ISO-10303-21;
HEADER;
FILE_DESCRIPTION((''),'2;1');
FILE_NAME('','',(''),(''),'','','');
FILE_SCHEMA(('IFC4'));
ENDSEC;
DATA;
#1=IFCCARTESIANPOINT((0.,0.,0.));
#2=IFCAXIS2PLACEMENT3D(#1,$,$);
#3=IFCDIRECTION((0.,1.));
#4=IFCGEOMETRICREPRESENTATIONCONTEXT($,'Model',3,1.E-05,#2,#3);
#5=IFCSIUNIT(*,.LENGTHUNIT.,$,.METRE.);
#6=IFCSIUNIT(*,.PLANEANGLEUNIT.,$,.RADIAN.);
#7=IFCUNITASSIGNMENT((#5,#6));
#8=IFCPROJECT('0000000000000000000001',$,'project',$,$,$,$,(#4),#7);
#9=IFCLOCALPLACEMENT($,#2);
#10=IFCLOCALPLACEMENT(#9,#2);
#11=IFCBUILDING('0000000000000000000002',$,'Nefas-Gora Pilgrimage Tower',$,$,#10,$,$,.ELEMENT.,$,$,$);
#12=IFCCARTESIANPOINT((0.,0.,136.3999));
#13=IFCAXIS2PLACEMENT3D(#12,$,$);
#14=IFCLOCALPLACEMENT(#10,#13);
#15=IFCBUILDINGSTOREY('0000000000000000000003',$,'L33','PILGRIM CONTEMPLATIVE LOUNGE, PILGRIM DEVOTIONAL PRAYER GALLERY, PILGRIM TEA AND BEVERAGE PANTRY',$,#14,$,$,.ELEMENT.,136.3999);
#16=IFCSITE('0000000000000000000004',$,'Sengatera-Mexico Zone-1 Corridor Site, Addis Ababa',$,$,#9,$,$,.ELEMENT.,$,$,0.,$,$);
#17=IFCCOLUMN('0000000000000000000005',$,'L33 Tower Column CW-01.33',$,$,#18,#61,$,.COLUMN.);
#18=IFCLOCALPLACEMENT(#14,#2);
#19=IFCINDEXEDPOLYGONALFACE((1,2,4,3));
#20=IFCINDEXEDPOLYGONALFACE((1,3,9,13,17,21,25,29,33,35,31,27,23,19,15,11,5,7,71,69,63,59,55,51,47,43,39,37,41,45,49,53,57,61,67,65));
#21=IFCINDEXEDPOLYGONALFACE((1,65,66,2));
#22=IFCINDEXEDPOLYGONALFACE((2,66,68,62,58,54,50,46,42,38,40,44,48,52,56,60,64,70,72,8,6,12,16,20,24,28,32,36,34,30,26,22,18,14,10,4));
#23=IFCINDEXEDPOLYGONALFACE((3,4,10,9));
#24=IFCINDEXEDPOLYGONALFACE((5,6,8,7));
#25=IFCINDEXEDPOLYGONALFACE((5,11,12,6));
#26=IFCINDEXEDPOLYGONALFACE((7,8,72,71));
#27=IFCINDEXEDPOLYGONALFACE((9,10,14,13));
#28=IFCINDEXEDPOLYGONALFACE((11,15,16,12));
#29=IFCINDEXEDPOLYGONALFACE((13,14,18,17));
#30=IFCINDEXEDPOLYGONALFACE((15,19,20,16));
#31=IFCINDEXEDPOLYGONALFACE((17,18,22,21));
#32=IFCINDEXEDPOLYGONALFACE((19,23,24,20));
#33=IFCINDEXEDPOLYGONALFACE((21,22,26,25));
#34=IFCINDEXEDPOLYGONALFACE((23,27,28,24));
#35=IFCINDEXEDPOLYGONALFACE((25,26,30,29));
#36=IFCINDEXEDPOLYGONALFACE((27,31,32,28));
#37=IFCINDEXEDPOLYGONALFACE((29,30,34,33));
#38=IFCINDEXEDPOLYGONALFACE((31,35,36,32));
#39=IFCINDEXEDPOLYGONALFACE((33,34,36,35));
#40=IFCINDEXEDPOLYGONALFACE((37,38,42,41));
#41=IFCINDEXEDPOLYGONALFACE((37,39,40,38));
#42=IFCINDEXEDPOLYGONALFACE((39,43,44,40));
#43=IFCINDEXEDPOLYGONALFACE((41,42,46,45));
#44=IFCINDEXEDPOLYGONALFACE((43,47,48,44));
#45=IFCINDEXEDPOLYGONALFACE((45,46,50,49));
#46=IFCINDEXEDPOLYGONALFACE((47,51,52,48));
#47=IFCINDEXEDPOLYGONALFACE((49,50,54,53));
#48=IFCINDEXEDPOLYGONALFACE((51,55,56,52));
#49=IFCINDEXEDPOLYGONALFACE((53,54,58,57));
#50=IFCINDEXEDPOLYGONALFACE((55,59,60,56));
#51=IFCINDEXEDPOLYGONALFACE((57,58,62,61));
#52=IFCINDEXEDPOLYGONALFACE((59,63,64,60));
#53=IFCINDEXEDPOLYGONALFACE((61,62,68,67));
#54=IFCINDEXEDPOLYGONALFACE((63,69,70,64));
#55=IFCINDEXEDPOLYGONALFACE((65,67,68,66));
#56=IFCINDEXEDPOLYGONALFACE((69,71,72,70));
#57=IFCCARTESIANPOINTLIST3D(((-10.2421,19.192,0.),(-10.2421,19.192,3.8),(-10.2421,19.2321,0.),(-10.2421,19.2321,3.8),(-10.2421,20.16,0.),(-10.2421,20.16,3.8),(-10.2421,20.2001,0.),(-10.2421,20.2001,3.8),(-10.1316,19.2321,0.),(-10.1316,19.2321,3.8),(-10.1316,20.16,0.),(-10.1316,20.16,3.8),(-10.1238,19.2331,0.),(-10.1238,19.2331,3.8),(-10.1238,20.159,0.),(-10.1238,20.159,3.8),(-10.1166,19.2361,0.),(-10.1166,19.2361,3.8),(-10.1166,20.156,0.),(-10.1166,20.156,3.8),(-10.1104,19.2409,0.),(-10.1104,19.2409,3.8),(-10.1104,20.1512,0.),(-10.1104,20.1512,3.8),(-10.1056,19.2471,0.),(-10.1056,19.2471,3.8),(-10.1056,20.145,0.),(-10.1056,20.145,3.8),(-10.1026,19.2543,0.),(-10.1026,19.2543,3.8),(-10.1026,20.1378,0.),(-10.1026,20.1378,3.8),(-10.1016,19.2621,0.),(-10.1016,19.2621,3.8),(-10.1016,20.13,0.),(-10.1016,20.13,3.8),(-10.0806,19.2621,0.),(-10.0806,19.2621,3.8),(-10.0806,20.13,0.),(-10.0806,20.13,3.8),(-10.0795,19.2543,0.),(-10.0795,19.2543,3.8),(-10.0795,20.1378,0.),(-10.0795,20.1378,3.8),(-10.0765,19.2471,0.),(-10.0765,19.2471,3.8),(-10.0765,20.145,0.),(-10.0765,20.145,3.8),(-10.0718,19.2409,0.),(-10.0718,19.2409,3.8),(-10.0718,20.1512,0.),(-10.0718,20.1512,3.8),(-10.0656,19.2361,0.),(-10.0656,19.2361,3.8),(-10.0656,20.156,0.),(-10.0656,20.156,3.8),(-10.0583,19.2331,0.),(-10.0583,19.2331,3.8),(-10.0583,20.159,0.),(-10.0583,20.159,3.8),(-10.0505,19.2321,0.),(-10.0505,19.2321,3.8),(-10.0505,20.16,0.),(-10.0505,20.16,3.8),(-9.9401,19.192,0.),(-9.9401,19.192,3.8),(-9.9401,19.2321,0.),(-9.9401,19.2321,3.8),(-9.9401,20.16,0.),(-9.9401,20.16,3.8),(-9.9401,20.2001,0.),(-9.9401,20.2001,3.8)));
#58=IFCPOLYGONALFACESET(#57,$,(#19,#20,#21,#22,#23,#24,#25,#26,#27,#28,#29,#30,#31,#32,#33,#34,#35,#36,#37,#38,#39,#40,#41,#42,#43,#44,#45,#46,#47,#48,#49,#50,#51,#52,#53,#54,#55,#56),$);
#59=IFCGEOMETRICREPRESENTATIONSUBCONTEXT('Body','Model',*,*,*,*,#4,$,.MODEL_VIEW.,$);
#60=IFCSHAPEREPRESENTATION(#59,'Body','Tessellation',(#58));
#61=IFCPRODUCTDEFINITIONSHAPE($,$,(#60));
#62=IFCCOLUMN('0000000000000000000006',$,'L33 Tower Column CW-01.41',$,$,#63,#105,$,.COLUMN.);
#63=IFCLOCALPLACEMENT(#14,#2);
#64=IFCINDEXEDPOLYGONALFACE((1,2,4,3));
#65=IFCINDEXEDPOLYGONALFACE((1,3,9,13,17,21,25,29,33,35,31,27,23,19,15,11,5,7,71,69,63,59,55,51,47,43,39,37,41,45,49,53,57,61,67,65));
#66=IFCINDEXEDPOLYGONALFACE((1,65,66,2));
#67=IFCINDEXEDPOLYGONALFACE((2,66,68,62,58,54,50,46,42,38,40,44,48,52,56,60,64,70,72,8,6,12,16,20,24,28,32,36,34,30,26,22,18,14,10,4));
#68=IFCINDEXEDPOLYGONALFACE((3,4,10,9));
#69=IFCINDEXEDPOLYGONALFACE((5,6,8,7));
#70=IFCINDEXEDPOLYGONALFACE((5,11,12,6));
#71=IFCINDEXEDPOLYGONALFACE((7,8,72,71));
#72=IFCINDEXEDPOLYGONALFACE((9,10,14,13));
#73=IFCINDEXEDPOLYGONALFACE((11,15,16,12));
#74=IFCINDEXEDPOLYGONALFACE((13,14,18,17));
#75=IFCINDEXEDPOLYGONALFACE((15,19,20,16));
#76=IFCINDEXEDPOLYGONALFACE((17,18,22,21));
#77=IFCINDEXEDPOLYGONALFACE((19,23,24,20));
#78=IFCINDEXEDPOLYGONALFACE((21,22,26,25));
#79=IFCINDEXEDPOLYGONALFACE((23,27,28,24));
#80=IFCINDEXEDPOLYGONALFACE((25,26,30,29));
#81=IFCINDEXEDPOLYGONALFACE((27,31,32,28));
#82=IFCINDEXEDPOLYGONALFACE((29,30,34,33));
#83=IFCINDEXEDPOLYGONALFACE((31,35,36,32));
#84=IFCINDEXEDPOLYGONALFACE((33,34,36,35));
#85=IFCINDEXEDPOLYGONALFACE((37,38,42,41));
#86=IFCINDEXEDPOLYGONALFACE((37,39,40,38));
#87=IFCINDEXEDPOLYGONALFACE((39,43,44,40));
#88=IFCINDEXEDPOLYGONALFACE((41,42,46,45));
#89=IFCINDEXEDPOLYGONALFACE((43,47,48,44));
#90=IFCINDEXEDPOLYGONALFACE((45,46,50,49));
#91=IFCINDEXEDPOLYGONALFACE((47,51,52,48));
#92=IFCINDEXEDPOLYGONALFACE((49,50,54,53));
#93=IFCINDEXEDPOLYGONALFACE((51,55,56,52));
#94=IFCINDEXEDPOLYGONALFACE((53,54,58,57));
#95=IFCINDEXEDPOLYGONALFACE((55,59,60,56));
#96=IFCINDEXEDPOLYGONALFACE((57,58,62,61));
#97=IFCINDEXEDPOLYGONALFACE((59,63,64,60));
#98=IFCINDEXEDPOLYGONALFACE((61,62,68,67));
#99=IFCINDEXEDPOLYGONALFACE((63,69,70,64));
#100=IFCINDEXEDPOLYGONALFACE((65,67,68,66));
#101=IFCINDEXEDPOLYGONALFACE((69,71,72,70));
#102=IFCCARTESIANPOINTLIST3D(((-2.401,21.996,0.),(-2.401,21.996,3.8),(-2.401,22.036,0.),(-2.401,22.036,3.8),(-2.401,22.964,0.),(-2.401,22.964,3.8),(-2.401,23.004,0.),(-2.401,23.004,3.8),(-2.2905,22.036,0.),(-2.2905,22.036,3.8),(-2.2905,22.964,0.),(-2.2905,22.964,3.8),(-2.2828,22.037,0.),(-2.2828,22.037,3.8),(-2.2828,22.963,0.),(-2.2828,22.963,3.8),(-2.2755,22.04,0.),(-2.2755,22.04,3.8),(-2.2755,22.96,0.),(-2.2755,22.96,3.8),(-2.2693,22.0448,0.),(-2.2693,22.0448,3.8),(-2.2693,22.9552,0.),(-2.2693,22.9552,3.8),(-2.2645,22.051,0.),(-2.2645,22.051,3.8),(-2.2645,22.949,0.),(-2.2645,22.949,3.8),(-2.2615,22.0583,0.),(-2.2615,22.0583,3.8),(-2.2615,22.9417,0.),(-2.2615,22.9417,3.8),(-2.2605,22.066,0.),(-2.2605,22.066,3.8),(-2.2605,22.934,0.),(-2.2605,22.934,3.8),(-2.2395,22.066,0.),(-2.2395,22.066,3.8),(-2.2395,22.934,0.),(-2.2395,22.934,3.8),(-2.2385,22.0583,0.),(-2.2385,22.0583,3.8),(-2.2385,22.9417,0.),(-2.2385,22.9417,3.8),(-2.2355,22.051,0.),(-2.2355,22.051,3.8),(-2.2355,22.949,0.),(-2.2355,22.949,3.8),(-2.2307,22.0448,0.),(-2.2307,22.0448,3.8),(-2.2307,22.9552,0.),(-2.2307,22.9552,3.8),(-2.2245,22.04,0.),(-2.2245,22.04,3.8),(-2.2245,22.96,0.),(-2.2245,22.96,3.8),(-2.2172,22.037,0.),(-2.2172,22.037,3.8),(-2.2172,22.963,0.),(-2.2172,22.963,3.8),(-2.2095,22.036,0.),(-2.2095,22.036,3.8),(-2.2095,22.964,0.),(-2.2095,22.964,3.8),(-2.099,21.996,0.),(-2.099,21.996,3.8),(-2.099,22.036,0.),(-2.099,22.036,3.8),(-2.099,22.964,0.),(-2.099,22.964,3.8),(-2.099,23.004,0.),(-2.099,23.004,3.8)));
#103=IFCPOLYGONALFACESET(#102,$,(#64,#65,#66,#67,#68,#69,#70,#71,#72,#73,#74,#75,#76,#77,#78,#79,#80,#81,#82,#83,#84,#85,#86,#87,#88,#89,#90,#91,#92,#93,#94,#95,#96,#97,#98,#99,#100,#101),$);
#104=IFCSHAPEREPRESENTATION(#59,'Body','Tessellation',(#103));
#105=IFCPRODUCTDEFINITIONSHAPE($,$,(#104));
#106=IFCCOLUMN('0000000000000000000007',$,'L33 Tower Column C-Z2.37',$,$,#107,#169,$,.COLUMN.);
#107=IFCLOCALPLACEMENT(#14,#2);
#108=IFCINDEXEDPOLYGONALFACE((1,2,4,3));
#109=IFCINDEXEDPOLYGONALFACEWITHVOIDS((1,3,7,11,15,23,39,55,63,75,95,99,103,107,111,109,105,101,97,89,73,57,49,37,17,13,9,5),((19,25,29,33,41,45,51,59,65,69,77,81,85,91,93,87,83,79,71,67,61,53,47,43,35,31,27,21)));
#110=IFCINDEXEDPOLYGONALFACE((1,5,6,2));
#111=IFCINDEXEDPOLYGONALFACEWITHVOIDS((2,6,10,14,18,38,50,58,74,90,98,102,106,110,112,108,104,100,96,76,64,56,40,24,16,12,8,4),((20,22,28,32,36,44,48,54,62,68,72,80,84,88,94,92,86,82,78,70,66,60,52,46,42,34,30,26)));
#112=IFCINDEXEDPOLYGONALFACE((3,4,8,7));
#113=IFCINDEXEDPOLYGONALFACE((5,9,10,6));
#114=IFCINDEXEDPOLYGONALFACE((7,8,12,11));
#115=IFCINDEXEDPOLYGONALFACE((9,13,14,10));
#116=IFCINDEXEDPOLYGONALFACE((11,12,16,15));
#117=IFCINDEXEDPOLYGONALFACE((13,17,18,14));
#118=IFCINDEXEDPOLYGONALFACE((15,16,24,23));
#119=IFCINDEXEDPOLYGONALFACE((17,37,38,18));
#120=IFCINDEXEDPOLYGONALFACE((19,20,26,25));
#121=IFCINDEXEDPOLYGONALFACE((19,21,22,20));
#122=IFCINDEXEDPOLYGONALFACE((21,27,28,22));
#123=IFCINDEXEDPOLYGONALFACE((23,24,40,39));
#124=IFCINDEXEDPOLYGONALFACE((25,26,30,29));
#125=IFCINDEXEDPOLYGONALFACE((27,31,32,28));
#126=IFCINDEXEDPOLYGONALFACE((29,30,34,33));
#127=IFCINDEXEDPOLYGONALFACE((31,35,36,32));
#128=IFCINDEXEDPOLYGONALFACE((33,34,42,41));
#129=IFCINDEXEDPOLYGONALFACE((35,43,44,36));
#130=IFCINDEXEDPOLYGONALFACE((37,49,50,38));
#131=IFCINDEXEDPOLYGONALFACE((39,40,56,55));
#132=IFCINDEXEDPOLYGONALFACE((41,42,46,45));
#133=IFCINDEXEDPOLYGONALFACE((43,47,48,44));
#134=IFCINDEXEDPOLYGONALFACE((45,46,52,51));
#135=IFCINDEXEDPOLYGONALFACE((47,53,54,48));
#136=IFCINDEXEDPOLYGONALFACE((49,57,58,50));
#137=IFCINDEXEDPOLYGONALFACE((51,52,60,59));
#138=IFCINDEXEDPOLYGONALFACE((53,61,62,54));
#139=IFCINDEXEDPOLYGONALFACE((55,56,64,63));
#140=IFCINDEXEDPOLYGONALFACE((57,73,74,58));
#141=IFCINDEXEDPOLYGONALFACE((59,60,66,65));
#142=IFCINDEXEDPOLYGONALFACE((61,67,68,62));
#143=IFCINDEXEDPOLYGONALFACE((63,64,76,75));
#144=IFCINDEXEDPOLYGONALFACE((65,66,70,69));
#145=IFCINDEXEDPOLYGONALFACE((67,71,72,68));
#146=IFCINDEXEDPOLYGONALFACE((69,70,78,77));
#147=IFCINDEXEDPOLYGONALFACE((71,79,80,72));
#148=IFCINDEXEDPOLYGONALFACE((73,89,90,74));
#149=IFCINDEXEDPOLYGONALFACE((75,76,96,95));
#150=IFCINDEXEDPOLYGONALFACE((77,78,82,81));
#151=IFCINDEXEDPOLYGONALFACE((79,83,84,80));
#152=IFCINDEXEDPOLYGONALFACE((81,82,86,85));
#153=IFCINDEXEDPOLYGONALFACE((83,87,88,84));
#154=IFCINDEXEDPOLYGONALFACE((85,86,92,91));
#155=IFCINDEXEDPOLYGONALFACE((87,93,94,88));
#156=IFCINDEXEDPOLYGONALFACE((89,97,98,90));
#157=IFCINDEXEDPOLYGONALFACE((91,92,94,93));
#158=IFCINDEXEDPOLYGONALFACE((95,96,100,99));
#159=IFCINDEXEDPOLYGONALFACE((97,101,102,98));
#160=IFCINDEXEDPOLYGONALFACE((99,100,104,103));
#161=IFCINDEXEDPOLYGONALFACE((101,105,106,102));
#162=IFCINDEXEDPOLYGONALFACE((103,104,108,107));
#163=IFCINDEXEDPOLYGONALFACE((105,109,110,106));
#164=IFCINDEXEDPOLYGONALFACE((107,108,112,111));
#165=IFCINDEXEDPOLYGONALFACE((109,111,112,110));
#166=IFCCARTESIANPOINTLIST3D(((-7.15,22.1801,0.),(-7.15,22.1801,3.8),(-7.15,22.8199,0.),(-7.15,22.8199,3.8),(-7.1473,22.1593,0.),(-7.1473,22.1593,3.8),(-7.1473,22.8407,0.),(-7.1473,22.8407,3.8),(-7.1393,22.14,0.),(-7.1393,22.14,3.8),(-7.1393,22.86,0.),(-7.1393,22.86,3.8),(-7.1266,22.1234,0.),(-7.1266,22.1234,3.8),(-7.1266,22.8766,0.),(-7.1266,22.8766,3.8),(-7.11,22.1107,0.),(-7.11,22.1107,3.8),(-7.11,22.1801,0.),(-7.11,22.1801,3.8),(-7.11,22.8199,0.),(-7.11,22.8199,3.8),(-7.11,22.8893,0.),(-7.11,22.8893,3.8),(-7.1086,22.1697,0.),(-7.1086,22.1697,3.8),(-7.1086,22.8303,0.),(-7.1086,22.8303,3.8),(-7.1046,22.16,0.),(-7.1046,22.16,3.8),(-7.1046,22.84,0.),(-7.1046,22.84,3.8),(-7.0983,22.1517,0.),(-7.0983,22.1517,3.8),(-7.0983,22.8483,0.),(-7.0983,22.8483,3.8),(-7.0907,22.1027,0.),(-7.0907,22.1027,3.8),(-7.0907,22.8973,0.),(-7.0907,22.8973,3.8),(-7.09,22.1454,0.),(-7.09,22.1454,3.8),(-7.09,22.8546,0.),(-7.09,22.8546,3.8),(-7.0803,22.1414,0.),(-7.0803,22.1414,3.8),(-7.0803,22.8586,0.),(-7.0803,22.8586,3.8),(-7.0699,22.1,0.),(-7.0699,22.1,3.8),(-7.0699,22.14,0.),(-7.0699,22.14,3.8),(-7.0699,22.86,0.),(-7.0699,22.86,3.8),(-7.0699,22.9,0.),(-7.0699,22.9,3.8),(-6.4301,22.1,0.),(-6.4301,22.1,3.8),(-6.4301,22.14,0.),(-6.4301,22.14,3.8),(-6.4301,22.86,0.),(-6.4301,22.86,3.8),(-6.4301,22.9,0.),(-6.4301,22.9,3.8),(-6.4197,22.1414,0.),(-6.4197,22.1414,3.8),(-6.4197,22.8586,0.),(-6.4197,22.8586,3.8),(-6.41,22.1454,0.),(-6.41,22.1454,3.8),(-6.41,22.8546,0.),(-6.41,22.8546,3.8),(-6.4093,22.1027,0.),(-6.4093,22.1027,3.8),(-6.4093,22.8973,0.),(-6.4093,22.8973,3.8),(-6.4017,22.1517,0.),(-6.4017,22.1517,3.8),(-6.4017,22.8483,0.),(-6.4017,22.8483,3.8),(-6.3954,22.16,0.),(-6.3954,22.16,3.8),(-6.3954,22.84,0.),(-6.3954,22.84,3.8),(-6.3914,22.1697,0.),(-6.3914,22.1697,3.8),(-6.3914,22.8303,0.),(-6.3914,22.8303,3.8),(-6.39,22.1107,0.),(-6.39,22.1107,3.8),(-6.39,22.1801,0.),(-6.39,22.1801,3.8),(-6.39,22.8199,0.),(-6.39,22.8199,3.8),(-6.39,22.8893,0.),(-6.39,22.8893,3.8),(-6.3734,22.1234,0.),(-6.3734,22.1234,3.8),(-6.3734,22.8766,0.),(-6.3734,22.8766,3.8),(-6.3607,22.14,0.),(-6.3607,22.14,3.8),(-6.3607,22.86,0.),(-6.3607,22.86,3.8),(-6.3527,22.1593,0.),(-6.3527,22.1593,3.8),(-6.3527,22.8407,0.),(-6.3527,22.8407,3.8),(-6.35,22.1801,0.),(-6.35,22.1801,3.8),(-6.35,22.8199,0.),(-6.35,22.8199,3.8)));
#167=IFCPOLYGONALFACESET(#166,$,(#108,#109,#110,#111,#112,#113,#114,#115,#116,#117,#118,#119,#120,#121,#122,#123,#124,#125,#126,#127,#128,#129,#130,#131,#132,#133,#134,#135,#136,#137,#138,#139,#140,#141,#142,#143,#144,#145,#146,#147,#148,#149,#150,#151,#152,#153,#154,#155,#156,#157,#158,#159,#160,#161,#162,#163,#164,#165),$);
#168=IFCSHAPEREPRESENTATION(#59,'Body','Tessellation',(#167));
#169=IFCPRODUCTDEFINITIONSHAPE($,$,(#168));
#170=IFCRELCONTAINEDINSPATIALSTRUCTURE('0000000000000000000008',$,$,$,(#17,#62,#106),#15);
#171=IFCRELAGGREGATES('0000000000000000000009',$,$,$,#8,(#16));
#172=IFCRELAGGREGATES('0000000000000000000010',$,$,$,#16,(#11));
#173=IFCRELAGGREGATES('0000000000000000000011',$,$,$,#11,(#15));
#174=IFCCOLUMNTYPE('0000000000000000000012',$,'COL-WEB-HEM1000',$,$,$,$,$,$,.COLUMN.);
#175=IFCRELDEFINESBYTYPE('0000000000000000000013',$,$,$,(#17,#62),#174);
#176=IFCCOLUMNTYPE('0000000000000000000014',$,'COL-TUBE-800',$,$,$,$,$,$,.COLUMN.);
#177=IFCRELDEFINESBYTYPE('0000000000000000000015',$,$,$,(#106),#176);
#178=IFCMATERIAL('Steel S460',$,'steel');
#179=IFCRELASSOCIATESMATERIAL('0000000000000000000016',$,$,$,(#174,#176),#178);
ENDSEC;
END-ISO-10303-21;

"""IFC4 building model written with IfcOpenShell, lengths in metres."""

from ifc_helpers import new_model, si_unit, direction, frame, origin, origin_2d, place, context, subcontext, project, spatial, hollow_rectangle, i_section, extrude, source, transform, mapped, material, material_profile, profile_set, type_object, element, save


model = new_model("IFC4")

# Units and contexts
model_context = context("Model", 3, precision=1e-05, world=origin(), true_north=direction((0.0, 1.0)))
body_context = subcontext(model_context, "Body", "Model", "MODEL_VIEW")
ifc_project = project(units=[si_unit("LENGTHUNIT", "METRE"), si_unit("PLANEANGLEUNIT", "RADIAN")], contexts=[model_context])

# Site, building, storey
site_placement = place(None, origin())
site = spatial("IfcSite", under=ifc_project, at=site_placement, Name="Sengatera-Mexico Zone-1 Corridor Site, Addis Ababa", CompositionType="ELEMENT", RefElevation=0.0)
building_placement = place(site_placement, origin())
building = spatial("IfcBuilding", under=site, at=building_placement, Name="Nefas-Gora Pilgrimage Tower", CompositionType="ELEMENT")
storey_placement = place(building_placement, frame((0.0, 0.0, 136.3999)))
storey = spatial("IfcBuildingStorey", under=building, at=storey_placement, Name="L33", Description="PILGRIM CONTEMPLATIVE LOUNGE, PILGRIM DEVOTIONAL PRAYER GALLERY, PILGRIM TEA AND BEVERAGE PANTRY", CompositionType="ELEMENT", Elevation=136.3999)

# Columns
ifc_material_1 = material(Name="Steel S460", Category="steel")
ifc_material_profile_1 = material_profile(ifc_material_1, i_section(OverallWidth=0.302, OverallDepth=1.0081, WebThickness=0.021, FlangeThickness=0.04, FilletRadius=0.03, at=origin_2d()), Name="HEM 1000")
ifc_profile_set_1 = profile_set([ifc_material_profile_1], Name="Steel S460")
column_type_1 = type_object("IfcColumnType", Name="COL-WEB-HEM1000", PredefinedType="COLUMN", material=ifc_profile_set_1)
shared_shape_1 = source(origin(), body_context, "Body", "SweptSolid", [
    extrude(i_section(OverallWidth=0.302, OverallDepth=1.0081, WebThickness=0.021, FlangeThickness=0.04, FilletRadius=0.03, at=origin_2d()), origin(), (0.0, 0.0, 1.0), 3.8),
])
for number, where, z_axis, x_axis, name in (
    (1, (-10.0911, 19.696, 0.0), (0.0, 0.0, 1.0), (1.0, 0.0, 0.0), "L33 Tower Column CW-01.33"),
    (2, (-2.25, 22.5, 0.0), (0.0, 0.0, 1.0), (1.0, 0.0, 0.0), "L33 Tower Column CW-01.41"),
):
    element("IfcColumn", number, at=place(storey_placement, frame(where, z_axis=z_axis, x_axis=x_axis)), inside=storey, type_object=column_type_1, Name=name, PredefinedType="COLUMN", context=body_context, shape_type="MappedRepresentation", body=[
        mapped(shared_shape_1, transform((0.0, 0.0, 0.0), x_axis=(1.0, 0.0, 0.0), y_axis=(0.0, 1.0, 0.0), z_axis=(0.0, 0.0, 1.0), scale=1.0)),
    ])
ifc_material_profile_2 = material_profile(ifc_material_1, hollow_rectangle(XDim=0.8, YDim=0.8, WallThickness=0.04, InnerFilletRadius=0.04, OuterFilletRadius=0.0801, at=origin_2d()), Name="BOX 800x800x40")
ifc_profile_set_2 = profile_set([ifc_material_profile_2], Name="Steel S460")
column_type_2 = type_object("IfcColumnType", Name="COL-TUBE-800", PredefinedType="COLUMN", material=ifc_profile_set_2)
shared_shape_2 = source(origin(), body_context, "Body", "SweptSolid", [
    extrude(hollow_rectangle(XDim=0.8, YDim=0.8, WallThickness=0.04, InnerFilletRadius=0.04, OuterFilletRadius=0.0801, at=origin_2d()), origin(), (0.0, 0.0, 1.0), 3.8),
])
column_placement = place(storey_placement, frame((-6.75, 22.5, 0.0), z_axis=(0.0, 0.0, 1.0), x_axis=(1.0, 0.0, 0.0)))
element("IfcColumn", 3, at=column_placement, inside=storey, type_object=column_type_2, Name="L33 Tower Column C-Z2.37", PredefinedType="COLUMN", context=body_context, shape_type="MappedRepresentation", body=[
    mapped(shared_shape_2, transform((0.0, 0.0, 0.0), x_axis=(1.0, 0.0, 0.0), y_axis=(0.0, 1.0, 0.0), z_axis=(0.0, 0.0, 1.0), scale=1.0)),
])

save(model, "model.ifc")
